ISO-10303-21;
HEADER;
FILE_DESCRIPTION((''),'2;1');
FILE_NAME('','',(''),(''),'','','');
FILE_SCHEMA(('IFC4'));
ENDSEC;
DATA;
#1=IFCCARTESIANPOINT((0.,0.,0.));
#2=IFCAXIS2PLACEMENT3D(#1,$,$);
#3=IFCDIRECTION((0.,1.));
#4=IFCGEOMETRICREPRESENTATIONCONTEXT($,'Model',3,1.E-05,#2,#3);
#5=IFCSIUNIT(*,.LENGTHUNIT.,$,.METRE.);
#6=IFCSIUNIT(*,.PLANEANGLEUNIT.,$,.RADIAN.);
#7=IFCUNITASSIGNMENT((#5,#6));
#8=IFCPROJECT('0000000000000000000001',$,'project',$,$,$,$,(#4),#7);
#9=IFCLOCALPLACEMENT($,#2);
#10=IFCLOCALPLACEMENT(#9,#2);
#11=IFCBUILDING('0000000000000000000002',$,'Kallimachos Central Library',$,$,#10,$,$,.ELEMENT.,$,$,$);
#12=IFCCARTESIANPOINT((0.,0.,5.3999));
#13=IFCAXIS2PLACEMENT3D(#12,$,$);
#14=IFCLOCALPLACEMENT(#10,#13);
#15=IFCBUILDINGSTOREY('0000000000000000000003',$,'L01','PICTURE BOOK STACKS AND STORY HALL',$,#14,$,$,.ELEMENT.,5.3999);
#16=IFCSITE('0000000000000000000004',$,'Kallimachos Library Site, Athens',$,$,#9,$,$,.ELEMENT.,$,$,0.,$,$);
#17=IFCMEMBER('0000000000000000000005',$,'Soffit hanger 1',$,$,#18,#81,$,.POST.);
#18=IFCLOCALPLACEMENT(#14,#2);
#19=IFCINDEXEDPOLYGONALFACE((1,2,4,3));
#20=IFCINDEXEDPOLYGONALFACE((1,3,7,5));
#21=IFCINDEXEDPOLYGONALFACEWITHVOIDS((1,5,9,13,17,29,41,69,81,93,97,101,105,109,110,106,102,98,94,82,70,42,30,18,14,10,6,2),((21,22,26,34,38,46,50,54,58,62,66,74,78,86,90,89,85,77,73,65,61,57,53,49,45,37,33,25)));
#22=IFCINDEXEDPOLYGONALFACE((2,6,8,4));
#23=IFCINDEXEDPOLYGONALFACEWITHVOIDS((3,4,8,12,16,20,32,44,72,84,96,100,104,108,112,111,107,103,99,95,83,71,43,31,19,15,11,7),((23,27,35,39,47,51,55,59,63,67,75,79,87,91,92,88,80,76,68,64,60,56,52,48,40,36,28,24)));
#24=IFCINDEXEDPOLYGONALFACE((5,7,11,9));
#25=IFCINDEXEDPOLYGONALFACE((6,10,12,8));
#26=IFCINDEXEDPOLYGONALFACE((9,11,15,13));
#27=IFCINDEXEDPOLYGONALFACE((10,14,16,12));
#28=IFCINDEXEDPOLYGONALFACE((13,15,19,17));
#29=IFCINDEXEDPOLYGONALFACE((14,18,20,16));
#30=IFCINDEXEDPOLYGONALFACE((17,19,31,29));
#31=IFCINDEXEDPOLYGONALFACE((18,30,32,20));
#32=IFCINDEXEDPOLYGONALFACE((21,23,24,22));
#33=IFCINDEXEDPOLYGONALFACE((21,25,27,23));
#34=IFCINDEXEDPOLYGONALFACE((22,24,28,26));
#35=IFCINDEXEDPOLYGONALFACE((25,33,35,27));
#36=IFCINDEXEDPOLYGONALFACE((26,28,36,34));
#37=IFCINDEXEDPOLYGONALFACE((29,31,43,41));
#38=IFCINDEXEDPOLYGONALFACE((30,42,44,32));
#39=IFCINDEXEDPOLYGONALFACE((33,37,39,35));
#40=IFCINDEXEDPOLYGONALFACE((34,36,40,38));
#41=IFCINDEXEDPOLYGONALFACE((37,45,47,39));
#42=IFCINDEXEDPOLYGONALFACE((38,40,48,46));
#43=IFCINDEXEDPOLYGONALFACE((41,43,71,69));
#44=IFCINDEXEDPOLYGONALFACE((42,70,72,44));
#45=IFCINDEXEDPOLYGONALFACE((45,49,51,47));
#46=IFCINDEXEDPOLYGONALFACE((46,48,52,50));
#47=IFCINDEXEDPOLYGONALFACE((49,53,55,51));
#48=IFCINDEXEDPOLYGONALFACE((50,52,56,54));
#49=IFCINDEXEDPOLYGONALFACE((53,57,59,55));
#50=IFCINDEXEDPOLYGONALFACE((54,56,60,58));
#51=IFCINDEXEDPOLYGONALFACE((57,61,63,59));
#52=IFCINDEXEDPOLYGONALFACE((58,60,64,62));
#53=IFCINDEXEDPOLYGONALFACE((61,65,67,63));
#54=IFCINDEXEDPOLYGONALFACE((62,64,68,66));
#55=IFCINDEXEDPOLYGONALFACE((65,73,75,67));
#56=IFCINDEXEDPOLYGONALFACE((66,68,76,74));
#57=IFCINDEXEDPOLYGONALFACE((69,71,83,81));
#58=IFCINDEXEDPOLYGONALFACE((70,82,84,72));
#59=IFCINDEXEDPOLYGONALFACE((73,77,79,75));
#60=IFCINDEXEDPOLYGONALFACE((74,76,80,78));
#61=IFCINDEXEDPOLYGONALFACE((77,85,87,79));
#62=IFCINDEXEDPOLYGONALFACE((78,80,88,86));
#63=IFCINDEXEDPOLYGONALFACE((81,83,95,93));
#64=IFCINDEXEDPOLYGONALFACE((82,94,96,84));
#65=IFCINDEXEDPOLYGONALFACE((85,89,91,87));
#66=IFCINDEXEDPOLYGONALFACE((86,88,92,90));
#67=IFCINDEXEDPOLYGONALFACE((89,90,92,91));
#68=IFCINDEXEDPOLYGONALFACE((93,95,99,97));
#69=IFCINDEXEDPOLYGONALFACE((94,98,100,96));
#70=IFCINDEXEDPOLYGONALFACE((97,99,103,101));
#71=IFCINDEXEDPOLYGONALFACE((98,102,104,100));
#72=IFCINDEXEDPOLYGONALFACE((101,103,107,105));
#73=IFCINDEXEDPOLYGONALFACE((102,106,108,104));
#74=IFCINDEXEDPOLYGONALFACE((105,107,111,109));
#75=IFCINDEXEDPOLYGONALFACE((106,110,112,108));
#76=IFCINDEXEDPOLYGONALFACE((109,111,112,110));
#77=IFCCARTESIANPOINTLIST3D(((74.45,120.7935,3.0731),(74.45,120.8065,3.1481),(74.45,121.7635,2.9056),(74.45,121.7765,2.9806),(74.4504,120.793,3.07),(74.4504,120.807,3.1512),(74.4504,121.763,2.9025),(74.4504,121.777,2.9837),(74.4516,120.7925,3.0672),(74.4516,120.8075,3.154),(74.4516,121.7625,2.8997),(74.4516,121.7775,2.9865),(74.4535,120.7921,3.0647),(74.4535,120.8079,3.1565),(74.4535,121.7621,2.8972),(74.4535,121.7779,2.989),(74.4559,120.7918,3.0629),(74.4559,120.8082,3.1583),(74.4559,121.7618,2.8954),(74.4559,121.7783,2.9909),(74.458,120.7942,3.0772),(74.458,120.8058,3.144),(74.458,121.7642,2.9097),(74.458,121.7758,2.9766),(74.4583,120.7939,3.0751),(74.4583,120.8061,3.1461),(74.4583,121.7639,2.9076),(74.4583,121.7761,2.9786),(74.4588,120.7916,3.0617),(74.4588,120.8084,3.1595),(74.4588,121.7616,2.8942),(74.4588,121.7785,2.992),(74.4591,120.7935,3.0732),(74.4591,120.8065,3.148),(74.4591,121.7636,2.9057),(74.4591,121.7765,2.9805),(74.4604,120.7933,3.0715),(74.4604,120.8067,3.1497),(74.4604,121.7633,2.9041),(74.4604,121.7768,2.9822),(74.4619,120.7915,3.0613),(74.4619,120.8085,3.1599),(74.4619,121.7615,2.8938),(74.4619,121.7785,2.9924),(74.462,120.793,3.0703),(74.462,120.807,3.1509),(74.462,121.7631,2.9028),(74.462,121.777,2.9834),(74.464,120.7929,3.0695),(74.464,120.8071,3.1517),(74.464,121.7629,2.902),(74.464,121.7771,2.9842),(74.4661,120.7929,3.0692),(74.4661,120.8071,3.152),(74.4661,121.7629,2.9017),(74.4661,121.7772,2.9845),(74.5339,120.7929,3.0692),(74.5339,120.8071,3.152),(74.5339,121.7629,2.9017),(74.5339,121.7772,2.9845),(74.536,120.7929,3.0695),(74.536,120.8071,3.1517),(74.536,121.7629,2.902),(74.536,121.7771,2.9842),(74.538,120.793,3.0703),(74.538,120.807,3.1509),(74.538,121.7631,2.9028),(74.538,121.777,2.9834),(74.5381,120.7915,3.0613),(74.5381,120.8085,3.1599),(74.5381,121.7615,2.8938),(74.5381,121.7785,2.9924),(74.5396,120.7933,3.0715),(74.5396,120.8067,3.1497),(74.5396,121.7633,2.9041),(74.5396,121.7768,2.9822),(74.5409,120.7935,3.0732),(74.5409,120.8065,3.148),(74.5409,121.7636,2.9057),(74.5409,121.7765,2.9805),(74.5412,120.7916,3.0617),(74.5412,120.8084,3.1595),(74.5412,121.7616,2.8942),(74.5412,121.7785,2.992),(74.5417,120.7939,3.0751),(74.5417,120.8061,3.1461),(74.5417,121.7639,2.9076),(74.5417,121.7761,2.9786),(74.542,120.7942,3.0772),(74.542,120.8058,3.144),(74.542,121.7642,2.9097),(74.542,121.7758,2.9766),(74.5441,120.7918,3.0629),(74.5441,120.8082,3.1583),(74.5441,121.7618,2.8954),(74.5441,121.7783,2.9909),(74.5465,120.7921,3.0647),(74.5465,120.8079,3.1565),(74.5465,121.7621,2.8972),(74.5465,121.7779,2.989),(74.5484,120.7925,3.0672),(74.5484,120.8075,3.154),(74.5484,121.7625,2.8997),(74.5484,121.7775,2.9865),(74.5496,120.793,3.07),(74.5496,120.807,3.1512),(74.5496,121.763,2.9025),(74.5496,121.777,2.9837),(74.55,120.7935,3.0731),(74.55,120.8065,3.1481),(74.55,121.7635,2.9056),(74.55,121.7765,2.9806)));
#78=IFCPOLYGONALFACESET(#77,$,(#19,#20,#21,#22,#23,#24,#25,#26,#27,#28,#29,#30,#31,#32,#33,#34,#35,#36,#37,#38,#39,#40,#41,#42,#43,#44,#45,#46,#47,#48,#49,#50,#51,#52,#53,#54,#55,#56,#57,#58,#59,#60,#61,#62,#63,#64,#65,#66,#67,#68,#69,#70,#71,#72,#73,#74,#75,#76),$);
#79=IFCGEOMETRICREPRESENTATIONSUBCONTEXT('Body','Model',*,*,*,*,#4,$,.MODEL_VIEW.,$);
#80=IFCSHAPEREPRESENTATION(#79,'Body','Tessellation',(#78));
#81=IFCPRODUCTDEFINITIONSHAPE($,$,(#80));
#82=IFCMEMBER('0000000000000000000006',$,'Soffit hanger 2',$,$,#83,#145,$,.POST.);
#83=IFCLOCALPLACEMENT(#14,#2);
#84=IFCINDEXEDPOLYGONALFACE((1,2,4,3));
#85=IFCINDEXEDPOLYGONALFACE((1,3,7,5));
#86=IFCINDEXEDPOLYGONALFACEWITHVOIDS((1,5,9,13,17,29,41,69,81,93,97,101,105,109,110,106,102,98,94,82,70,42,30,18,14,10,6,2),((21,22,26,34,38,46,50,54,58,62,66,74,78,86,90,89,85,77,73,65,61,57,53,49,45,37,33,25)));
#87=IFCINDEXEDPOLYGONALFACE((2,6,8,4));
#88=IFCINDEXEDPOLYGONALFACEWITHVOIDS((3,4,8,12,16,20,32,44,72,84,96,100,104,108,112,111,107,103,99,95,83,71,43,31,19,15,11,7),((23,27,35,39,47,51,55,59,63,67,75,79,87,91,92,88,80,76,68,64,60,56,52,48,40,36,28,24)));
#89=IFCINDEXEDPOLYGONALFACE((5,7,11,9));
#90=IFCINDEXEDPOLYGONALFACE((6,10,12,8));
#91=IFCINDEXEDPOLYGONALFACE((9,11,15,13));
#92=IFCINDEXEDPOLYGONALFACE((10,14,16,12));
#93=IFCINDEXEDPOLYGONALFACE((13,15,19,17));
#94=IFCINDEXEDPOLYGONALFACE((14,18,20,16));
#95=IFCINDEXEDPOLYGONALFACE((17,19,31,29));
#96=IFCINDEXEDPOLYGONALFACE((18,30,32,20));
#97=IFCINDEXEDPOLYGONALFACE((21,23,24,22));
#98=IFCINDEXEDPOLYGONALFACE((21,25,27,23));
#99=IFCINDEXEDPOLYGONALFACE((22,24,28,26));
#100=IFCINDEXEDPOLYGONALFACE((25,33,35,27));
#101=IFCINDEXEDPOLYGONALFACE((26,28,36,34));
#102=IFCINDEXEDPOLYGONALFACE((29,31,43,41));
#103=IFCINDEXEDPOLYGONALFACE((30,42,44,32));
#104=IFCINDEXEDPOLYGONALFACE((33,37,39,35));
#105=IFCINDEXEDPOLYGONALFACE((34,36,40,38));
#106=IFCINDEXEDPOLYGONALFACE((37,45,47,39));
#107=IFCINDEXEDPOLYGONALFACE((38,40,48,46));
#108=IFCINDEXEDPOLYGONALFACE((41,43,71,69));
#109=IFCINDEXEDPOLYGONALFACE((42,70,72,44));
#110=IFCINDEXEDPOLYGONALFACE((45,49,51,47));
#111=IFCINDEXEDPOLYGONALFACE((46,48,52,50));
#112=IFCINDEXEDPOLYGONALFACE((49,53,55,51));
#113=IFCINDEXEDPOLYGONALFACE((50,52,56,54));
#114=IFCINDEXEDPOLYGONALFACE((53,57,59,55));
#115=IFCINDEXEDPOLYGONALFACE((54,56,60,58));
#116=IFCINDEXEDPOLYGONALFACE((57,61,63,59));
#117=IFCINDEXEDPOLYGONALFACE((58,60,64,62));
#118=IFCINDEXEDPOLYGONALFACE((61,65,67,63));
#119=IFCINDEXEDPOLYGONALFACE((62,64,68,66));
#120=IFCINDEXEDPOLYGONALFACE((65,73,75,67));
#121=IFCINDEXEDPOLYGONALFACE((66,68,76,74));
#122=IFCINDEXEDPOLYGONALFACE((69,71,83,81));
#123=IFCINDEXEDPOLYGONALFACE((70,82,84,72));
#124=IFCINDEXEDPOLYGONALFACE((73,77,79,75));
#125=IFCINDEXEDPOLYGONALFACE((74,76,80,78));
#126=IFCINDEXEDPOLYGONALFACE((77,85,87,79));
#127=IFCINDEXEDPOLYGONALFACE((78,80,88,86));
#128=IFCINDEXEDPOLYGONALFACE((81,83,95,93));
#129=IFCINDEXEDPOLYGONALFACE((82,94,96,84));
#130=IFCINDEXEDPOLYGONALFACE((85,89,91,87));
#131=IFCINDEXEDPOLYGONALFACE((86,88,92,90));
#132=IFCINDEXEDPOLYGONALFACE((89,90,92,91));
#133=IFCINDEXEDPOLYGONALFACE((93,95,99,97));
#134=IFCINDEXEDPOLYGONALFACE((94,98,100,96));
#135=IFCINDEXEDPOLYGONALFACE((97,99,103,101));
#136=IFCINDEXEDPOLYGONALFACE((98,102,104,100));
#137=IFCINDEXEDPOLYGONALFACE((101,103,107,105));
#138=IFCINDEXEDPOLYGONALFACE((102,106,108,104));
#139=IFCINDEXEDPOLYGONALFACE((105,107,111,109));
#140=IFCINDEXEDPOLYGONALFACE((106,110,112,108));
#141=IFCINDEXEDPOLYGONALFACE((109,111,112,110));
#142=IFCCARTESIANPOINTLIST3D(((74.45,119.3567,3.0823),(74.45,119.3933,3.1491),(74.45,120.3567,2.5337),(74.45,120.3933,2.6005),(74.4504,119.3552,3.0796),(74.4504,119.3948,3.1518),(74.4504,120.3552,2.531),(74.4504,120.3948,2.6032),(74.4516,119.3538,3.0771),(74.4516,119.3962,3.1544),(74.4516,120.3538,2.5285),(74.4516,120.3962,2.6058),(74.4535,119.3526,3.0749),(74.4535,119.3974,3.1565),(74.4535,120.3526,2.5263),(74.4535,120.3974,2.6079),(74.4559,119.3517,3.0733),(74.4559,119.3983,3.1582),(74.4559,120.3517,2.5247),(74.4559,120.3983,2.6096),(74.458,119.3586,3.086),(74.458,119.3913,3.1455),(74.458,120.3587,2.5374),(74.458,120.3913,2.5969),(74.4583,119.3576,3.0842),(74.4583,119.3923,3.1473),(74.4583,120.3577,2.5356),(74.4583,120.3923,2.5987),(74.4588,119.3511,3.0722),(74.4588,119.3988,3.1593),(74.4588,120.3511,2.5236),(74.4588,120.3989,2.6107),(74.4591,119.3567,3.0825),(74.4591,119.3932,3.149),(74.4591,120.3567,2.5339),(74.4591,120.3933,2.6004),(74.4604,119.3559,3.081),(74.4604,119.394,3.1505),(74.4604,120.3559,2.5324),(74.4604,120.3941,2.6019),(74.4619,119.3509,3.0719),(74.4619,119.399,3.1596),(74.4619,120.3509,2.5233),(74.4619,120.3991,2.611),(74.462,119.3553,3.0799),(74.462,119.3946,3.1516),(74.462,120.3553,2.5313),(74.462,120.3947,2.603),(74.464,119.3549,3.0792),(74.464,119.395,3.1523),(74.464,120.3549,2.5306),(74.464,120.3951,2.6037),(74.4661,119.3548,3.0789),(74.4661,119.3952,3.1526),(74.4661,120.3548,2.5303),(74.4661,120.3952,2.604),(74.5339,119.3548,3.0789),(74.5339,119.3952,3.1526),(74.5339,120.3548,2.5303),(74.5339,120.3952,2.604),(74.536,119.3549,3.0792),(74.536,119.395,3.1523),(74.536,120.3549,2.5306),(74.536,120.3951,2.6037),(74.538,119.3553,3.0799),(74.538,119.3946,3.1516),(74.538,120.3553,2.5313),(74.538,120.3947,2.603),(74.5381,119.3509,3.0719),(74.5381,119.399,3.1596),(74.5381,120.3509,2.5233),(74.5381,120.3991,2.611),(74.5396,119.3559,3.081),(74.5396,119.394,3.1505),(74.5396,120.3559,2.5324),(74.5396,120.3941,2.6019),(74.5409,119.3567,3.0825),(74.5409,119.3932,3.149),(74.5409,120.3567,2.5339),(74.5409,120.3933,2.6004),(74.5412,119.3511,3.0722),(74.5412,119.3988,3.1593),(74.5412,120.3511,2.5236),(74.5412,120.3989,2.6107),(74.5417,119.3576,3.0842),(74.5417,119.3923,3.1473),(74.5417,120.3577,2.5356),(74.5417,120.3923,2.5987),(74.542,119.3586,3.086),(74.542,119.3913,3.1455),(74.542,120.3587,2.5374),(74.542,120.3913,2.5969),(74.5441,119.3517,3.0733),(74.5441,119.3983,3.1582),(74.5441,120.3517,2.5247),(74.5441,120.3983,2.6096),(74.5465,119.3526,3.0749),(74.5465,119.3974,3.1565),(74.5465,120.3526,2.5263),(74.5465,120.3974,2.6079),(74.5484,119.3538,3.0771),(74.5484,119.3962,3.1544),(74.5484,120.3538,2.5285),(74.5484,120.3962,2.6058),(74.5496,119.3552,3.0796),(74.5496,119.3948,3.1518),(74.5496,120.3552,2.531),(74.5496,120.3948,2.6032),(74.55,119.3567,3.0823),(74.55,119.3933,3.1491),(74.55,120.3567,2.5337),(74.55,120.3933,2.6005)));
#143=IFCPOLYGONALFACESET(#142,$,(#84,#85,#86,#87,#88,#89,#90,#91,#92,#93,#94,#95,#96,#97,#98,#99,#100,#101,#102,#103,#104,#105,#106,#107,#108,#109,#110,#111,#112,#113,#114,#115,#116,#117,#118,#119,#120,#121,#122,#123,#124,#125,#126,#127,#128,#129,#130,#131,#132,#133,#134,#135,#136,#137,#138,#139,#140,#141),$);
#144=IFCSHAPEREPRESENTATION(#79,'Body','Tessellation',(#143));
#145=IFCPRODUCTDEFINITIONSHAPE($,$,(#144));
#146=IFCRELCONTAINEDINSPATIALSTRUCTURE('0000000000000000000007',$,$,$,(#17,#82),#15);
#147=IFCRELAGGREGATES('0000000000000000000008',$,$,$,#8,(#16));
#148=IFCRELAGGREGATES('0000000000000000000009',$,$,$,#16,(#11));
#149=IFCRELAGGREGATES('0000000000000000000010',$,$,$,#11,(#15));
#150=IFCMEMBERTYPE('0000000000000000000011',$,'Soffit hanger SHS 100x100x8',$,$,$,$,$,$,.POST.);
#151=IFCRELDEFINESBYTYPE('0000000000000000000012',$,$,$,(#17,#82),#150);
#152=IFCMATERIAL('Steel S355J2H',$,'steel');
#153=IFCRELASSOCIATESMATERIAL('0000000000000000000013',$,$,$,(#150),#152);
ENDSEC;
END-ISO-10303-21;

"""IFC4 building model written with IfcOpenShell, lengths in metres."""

from ifc_helpers import new_model, si_unit, direction, frame, origin, origin_2d, place, context, subcontext, project, spatial, hollow_rectangle, extrude, material, material_profile, profile_set, type_object, element, save


model = new_model("IFC4")

# Units and contexts
model_context = context("Model", 3, precision=1e-05, world=origin(), true_north=direction((0.0, 1.0)))
body_context = subcontext(model_context, "Body", "Model", "MODEL_VIEW")
ifc_project = project(units=[si_unit("LENGTHUNIT", "METRE"), si_unit("PLANEANGLEUNIT", "RADIAN")], contexts=[model_context])

# Site, building, storey
site_placement = place(None, origin())
site = spatial("IfcSite", under=ifc_project, at=site_placement, Name="Kallimachos Library Site, Athens", CompositionType="ELEMENT", RefElevation=0.0)
building_placement = place(site_placement, origin())
building = spatial("IfcBuilding", under=site, at=building_placement, Name="Kallimachos Central Library", CompositionType="ELEMENT")
storey_placement = place(building_placement, frame((0.0, 0.0, 5.3999)))
storey = spatial("IfcBuildingStorey", under=building, at=storey_placement, Name="L01", Description="PICTURE BOOK STACKS AND STORY HALL", CompositionType="ELEMENT", Elevation=5.3999)

# Members
ifc_material_1 = material(Name="Steel S355J2H", Category="steel")
ifc_material_profile_1 = material_profile(ifc_material_1, hollow_rectangle(XDim=0.1001, YDim=0.1001, WallThickness=0.0081, InnerFilletRadius=0.0081, OuterFilletRadius=0.012, at=origin_2d()), Name="SHS 100x100x8")
ifc_profile_set_1 = profile_set([ifc_material_profile_1], Name="Steel S355J2H")
member_type_1 = type_object("IfcMemberType", Name="Soffit hanger SHS 100x100x8", PredefinedType="POST", material=ifc_profile_set_1)
member_1_placement = place(storey_placement, frame((74.5, 121.77, 2.9431), z_axis=(0.0, -0.985419, 0.170148), x_axis=(1.0, 0.0, 0.0)))
element("IfcMember", 1, at=member_1_placement, inside=storey, type_object=member_type_1, Name="Soffit hanger 1", PredefinedType="POST", context=body_context, shape_type="SweptSolid", body=[
    extrude(hollow_rectangle(XDim=0.1001, YDim=0.1001, WallThickness=0.0081, InnerFilletRadius=0.0081, OuterFilletRadius=0.012, at=origin_2d()), origin(), (0.0, 0.0, 1.0), 0.9844),
])
member_2_placement = place(storey_placement, frame((74.5, 120.375, 2.5671), z_axis=(0.0, -0.87674, 0.480965), x_axis=(1.0, 0.0, 0.0)))
element("IfcMember", 2, at=member_2_placement, inside=storey, type_object=member_type_1, Name="Soffit hanger 2", PredefinedType="POST", context=body_context, shape_type="SweptSolid", body=[
    extrude(hollow_rectangle(XDim=0.1001, YDim=0.1001, WallThickness=0.0081, InnerFilletRadius=0.0081, OuterFilletRadius=0.012, at=origin_2d()), origin(), (0.0, 0.0, 1.0), 1.1406),
])

save(model, "model.ifc")
